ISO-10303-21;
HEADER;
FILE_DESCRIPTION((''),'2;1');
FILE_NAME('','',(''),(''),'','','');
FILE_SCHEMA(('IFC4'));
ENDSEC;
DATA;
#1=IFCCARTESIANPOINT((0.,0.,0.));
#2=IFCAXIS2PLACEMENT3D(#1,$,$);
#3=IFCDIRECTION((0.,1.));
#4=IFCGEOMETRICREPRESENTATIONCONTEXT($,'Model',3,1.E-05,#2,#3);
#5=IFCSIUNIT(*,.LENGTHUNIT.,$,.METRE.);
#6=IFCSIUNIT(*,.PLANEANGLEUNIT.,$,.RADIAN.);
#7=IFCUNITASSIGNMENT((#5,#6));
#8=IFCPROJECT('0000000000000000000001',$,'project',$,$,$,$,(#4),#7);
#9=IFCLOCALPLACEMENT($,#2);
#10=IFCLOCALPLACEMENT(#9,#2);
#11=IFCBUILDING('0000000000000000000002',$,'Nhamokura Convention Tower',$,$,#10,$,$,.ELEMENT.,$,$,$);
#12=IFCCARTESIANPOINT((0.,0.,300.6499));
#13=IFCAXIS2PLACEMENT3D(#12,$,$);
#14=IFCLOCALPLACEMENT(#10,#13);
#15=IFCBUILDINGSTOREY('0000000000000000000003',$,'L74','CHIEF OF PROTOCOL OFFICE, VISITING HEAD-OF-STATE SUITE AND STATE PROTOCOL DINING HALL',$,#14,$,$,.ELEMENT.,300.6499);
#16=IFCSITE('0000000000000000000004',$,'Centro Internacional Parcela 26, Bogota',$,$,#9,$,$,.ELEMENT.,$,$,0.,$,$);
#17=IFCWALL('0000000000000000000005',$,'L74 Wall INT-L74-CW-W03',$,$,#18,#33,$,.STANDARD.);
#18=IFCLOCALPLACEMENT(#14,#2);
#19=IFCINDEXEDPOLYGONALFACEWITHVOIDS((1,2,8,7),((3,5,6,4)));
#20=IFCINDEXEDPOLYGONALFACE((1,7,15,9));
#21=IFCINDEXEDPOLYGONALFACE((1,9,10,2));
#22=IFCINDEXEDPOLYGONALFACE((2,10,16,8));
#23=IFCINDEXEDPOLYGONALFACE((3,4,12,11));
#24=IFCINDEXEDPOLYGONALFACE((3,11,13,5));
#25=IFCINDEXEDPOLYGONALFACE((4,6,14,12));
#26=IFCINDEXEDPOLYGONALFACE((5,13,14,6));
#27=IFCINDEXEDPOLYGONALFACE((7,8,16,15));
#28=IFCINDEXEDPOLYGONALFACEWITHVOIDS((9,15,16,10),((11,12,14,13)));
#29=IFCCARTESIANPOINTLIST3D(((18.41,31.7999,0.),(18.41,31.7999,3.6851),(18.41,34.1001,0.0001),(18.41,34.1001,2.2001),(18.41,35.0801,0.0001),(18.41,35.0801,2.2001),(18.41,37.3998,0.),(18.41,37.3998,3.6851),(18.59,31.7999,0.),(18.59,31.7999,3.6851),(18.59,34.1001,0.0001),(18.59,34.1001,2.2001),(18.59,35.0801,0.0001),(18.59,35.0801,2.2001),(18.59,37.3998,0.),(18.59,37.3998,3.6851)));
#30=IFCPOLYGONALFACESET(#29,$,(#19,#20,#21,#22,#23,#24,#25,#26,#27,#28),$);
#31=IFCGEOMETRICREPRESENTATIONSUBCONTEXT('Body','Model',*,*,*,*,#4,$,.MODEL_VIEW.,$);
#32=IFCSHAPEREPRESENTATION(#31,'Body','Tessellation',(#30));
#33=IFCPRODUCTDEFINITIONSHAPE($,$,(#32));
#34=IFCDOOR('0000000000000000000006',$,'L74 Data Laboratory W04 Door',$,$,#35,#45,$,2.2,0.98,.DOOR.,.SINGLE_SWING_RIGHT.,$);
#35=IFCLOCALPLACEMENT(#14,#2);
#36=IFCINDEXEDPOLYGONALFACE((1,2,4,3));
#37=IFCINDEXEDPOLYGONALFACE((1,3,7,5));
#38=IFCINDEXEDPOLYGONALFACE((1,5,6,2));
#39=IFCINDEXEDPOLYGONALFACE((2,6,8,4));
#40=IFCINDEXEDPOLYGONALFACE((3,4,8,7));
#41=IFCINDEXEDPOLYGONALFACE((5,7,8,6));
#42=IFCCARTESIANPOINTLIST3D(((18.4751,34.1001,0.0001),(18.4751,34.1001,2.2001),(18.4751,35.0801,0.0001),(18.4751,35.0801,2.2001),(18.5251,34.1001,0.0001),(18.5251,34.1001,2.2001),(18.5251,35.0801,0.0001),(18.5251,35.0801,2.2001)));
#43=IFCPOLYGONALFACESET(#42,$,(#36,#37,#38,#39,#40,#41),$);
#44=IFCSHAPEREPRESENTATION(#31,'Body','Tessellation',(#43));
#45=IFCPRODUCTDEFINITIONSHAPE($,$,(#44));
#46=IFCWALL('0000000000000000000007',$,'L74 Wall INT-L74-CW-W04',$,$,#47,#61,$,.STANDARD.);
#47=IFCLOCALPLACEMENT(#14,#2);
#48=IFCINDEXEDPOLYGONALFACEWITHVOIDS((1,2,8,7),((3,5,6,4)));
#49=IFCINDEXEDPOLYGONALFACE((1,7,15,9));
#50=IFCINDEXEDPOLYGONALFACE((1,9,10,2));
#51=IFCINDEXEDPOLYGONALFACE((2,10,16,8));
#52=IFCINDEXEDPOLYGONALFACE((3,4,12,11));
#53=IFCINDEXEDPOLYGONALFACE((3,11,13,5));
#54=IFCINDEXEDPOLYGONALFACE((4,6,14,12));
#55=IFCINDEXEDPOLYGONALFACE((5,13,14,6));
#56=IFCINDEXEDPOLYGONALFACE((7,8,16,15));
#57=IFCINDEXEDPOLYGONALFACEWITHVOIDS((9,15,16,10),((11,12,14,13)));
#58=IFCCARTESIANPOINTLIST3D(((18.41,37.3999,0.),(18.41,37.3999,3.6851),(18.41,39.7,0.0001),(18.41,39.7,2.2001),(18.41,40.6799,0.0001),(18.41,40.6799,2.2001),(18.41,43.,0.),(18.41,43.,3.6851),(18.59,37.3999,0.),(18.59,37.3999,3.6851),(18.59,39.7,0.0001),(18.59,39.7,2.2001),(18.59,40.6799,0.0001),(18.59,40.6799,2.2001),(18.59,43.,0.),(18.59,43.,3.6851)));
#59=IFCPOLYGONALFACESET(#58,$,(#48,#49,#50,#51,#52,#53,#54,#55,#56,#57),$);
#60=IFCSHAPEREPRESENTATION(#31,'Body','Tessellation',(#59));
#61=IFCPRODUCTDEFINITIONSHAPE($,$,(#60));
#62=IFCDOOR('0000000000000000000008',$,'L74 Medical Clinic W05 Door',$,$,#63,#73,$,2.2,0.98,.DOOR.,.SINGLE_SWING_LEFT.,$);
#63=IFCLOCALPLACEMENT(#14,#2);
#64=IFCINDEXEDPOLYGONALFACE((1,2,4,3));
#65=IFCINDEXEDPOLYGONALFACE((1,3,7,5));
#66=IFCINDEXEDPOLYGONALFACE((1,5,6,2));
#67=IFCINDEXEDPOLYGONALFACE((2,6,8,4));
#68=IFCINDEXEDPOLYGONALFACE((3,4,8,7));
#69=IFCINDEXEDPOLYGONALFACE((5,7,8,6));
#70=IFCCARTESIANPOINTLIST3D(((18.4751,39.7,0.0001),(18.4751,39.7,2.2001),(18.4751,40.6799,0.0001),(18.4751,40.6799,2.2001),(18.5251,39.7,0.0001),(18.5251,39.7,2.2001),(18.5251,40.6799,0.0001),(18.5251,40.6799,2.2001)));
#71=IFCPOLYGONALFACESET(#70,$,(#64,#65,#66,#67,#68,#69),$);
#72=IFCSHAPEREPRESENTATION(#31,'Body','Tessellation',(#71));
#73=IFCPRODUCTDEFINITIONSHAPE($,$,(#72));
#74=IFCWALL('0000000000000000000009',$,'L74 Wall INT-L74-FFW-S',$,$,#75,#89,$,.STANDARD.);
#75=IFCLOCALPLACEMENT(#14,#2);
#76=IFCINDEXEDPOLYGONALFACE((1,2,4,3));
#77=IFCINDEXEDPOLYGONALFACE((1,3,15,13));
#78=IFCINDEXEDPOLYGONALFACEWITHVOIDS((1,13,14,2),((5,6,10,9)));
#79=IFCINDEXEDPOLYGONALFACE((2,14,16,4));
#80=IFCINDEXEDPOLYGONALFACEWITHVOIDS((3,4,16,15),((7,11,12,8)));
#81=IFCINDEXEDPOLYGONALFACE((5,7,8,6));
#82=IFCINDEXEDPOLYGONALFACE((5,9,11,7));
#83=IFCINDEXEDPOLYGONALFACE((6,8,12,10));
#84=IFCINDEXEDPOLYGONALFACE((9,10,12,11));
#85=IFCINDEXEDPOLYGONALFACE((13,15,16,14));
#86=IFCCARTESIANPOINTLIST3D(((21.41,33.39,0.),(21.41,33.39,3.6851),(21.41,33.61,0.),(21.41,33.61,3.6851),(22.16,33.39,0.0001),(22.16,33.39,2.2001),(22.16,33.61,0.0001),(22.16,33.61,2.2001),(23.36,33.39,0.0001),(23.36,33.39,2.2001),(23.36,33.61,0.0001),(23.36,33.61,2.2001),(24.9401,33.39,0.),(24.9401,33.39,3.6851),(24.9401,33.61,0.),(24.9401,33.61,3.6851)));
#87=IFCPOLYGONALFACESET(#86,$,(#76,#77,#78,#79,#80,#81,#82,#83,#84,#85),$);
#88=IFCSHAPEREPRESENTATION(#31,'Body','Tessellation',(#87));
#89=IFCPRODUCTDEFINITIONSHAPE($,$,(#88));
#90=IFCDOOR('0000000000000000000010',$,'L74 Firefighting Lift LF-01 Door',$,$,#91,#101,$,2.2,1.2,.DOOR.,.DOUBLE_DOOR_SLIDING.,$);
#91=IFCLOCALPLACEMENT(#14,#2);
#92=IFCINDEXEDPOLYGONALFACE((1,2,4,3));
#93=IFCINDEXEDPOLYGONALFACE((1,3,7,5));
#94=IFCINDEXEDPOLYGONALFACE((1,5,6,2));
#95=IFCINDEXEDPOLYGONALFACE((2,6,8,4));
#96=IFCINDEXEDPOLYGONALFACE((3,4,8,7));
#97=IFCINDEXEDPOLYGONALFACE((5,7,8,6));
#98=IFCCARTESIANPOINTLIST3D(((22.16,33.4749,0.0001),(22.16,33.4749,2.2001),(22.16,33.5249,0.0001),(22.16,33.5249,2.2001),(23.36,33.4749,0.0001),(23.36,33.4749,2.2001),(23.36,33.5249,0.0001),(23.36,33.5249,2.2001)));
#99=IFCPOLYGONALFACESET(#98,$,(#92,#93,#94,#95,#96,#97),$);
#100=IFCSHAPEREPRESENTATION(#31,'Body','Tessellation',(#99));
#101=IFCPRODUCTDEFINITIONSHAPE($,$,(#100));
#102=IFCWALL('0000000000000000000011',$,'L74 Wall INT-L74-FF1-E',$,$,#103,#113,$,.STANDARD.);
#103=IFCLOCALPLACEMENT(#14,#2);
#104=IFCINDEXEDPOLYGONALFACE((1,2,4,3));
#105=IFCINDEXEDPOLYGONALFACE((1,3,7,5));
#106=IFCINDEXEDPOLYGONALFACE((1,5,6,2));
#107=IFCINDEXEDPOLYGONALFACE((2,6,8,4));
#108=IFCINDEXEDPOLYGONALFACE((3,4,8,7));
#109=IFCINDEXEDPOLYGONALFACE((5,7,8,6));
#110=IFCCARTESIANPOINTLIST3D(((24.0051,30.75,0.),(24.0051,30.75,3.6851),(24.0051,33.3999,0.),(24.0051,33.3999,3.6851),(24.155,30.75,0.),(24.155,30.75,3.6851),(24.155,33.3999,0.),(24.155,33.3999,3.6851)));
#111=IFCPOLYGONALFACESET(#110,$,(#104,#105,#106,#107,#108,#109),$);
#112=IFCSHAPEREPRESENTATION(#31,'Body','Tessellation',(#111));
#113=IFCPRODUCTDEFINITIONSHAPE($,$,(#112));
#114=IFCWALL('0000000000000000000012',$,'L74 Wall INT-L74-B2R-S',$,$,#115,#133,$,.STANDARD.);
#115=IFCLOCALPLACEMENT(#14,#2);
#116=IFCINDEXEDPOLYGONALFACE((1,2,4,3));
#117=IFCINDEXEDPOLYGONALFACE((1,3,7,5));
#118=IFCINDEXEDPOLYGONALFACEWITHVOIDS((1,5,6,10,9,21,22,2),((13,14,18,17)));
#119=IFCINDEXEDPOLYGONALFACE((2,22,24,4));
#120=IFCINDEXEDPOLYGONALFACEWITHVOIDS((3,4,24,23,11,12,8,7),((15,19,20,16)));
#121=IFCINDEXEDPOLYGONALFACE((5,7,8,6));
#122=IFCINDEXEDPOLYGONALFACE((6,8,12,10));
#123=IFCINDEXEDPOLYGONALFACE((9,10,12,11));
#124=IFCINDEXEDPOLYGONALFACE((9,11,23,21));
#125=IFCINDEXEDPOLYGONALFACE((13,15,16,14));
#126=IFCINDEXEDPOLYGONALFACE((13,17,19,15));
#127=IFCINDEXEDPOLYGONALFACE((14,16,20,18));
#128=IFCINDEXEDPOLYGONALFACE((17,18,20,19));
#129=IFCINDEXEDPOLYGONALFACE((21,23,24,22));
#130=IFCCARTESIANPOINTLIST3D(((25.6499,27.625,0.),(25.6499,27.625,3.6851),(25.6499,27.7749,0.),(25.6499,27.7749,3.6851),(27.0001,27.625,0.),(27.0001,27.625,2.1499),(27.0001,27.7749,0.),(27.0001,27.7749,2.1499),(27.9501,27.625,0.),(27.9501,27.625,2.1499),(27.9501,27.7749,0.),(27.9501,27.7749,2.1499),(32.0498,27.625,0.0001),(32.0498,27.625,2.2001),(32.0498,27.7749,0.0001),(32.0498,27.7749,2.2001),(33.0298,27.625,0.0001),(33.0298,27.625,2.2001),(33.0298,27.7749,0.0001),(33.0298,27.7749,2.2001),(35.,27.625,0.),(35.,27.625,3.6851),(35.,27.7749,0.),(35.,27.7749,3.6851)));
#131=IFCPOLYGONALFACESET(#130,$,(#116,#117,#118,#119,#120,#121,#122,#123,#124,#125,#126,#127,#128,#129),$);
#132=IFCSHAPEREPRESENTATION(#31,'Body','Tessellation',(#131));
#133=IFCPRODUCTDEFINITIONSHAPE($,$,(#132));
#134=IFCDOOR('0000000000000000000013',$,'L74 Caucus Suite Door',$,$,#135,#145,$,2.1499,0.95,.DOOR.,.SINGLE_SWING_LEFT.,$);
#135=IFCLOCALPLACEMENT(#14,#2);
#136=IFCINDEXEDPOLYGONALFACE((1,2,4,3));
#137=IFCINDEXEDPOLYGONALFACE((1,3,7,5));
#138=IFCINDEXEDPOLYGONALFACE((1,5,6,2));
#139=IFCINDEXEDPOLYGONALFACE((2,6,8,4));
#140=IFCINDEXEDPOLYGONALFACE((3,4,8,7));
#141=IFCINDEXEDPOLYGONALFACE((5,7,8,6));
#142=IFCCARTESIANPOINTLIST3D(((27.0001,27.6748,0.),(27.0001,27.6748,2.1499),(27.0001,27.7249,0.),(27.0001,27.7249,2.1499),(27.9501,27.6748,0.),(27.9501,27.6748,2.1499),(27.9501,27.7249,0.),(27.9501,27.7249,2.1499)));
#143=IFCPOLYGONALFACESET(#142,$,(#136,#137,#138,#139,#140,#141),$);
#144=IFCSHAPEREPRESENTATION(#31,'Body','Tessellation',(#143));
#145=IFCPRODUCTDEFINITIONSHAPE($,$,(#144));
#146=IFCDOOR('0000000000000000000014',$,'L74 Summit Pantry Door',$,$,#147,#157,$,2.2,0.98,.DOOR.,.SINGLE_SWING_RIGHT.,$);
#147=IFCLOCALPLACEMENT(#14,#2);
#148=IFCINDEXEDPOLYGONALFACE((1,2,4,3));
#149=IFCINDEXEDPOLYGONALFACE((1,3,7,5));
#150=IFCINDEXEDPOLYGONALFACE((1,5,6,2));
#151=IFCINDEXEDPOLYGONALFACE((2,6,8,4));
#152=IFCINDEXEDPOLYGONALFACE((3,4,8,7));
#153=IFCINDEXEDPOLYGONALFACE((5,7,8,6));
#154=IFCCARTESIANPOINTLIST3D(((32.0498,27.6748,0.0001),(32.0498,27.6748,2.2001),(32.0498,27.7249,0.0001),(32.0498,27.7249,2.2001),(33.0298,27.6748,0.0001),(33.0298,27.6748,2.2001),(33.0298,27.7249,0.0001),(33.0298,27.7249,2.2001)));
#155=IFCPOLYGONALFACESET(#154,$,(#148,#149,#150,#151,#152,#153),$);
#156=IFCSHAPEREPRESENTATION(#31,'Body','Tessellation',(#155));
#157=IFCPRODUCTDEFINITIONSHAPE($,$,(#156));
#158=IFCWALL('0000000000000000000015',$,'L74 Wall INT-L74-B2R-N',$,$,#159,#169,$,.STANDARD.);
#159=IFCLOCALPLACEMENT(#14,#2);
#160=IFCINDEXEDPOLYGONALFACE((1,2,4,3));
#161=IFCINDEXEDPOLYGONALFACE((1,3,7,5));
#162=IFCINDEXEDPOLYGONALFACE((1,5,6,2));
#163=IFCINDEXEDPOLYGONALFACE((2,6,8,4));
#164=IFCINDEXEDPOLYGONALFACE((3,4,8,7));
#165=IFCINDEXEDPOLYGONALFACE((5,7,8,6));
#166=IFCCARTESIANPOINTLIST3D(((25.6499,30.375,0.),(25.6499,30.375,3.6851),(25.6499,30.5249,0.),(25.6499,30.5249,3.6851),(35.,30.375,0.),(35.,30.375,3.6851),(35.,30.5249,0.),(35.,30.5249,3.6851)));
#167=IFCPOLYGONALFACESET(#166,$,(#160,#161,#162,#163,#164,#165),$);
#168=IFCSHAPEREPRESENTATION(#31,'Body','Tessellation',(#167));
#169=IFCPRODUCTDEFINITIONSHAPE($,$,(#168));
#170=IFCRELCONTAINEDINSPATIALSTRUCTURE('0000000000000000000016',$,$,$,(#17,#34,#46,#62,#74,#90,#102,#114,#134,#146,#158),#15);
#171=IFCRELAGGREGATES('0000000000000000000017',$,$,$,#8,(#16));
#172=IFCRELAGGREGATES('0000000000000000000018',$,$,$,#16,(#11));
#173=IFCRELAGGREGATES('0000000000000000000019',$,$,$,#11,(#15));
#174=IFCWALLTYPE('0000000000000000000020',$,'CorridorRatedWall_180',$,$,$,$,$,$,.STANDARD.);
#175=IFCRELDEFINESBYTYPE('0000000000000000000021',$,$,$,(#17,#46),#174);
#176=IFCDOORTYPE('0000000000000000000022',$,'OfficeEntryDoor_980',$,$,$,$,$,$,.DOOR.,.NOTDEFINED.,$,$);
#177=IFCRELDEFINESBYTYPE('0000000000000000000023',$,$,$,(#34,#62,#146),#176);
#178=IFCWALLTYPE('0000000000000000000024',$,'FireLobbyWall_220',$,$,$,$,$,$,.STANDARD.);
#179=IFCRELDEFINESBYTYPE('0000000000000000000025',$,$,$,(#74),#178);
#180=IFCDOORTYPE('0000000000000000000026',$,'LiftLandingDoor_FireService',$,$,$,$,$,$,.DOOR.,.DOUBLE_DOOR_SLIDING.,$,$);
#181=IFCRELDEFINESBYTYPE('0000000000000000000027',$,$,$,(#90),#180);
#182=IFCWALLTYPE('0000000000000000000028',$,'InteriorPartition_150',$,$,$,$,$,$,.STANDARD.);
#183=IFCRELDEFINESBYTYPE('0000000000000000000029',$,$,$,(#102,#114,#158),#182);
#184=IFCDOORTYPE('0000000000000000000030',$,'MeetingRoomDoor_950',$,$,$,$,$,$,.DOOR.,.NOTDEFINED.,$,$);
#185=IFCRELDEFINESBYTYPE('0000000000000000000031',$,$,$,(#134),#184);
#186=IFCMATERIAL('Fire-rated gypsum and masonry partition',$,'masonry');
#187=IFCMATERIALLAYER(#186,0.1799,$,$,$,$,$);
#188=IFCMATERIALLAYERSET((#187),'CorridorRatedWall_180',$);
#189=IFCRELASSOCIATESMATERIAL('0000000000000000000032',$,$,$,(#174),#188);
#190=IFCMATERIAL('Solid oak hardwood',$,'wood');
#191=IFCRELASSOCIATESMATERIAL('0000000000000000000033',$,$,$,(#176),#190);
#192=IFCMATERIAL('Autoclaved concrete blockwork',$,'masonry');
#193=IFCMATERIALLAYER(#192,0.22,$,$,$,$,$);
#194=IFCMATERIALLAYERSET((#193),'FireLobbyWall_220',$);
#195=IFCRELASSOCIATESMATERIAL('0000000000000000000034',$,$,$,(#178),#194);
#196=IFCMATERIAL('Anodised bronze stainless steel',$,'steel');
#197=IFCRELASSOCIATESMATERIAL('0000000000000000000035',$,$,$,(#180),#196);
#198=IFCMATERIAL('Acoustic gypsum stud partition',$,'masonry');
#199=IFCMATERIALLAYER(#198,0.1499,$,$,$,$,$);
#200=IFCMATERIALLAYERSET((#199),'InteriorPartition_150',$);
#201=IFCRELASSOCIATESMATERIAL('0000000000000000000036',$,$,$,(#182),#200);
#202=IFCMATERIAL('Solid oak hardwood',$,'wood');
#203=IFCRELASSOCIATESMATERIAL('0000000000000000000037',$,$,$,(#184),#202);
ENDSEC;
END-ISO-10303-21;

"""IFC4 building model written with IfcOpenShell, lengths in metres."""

from ifc_helpers import new_model, si_unit, direction, frame, frame_2d, origin, place, context, subcontext, project, spatial, rectangle, extrude, material, layer, layer_set, type_object, element, fill, save


model = new_model("IFC4")

# Units and contexts
model_context = context("Model", 3, precision=1e-05, world=origin(), true_north=direction((0.0, 1.0)))
body_context = subcontext(model_context, "Body", "Model", "MODEL_VIEW")
ifc_project = project(units=[si_unit("LENGTHUNIT", "METRE"), si_unit("PLANEANGLEUNIT", "RADIAN")], contexts=[model_context])

# Site, building, storey
site_placement = place(None, origin())
site = spatial("IfcSite", under=ifc_project, at=site_placement, Name="Centro Internacional Parcela 26, Bogota", CompositionType="ELEMENT", RefElevation=0.0)
building_placement = place(site_placement, origin())
building = spatial("IfcBuilding", under=site, at=building_placement, Name="Nhamokura Convention Tower", CompositionType="ELEMENT")
storey_placement = place(building_placement, frame((0.0, 0.0, 300.6499)))
storey = spatial("IfcBuildingStorey", under=building, at=storey_placement, Name="L74", Description="CHIEF OF PROTOCOL OFFICE, VISITING HEAD-OF-STATE SUITE AND STATE PROTOCOL DINING HALL", CompositionType="ELEMENT", Elevation=300.6499)

# Walls, openings, doors
ifc_material_1 = material(Name="Fire-rated gypsum and masonry partition", Category="masonry")
ifc_layer_1 = layer(ifc_material_1, 0.1799)
ifc_layer_set_1 = layer_set([ifc_layer_1], Name="CorridorRatedWall_180")
wall_type_1 = type_object("IfcWallType", Name="CorridorRatedWall_180", PredefinedType="STANDARD", material=ifc_layer_set_1)
ifc_material_2 = material(Name="Solid oak hardwood", Category="wood")
door_type_1 = type_object("IfcDoorType", Name="OfficeEntryDoor_980", OperationType="NOTDEFINED", PredefinedType="DOOR", material=ifc_material_2)
wall_1_placement = place(storey_placement, frame((18.5, 31.8, 0.0), z_axis=(0.0, 0.0, 1.0), x_axis=(0.0, 1.0, 0.0)))
wall_1 = element("IfcWall", 1, at=wall_1_placement, inside=storey, type_object=wall_type_1, Name="L74 Wall INT-L74-CW-W03", PredefinedType="STANDARD", context=body_context, shape_type="SweptSolid", body=[
    extrude(rectangle(XDim=5.5999, YDim=0.1799, at=frame_2d((2.7998, 0.0))), origin(), (0.0, 0.0, 1.0), 3.6851),
])
opening_1_placement = place(wall_1_placement, frame((2.3, 0.0, 0.0)))
opening_1 = element("IfcOpeningElement", 2, at=opening_1_placement, cuts=wall_1, PredefinedType="OPENING", context=body_context, shape_type="SweptSolid", body=[
    extrude(rectangle(XDim=0.98, YDim=2.2, at=frame_2d((0.49, 1.1001))), frame((0.0, 0.0999, 0.0), z_axis=(0.0, -1.0, 0.0), x_axis=(1.0, 0.0, 0.0)), (0.0, 0.0, 1.0), 0.2),
])
door_1_placement = place(opening_1_placement, origin())
door_1 = element("IfcDoor", 3, at=door_1_placement, inside=storey, type_object=door_type_1, Name="L74 Data Laboratory W04 Door", OperationType="SINGLE_SWING_RIGHT", OverallHeight=2.2, OverallWidth=0.98, PredefinedType="DOOR", context=body_context, shape_type="SweptSolid", body=[
    extrude(rectangle(XDim=0.98, YDim=2.2, at=frame_2d((0.49, 1.1001))), frame((0.0, 0.0249, 0.0), z_axis=(0.0, -1.0, 0.0), x_axis=(1.0, 0.0, 0.0)), (0.0, 0.0, 1.0), 0.05),
])
fill(opening_1, door_1)
wall_2_placement = place(storey_placement, frame((18.5, 37.3999, 0.0), z_axis=(0.0, 0.0, 1.0), x_axis=(0.0, 1.0, 0.0)))
wall_2 = element("IfcWall", 4, at=wall_2_placement, inside=storey, type_object=wall_type_1, Name="L74 Wall INT-L74-CW-W04", PredefinedType="STANDARD", context=body_context, shape_type="SweptSolid", body=[
    extrude(rectangle(XDim=5.6001, YDim=0.1799, at=frame_2d((2.8, 0.0))), origin(), (0.0, 0.0, 1.0), 3.6851),
])
opening_2_placement = place(wall_2_placement, frame((2.3, 0.0, 0.0)))
opening_2 = element("IfcOpeningElement", 5, at=opening_2_placement, cuts=wall_2, PredefinedType="OPENING", context=body_context, shape_type="SweptSolid", body=[
    extrude(rectangle(XDim=0.98, YDim=2.2, at=frame_2d((0.49, 1.1001))), frame((0.0, 0.0999, 0.0), z_axis=(0.0, -1.0, 0.0), x_axis=(1.0, 0.0, 0.0)), (0.0, 0.0, 1.0), 0.2),
])
door_2_placement = place(opening_2_placement, origin())
door_2 = element("IfcDoor", 6, at=door_2_placement, inside=storey, type_object=door_type_1, Name="L74 Medical Clinic W05 Door", OperationType="SINGLE_SWING_LEFT", OverallHeight=2.2, OverallWidth=0.98, PredefinedType="DOOR", context=body_context, shape_type="SweptSolid", body=[
    extrude(rectangle(XDim=0.98, YDim=2.2, at=frame_2d((0.49, 1.1001))), frame((0.0, 0.0249, 0.0), z_axis=(0.0, -1.0, 0.0), x_axis=(1.0, 0.0, 0.0)), (0.0, 0.0, 1.0), 0.05),
])
fill(opening_2, door_2)
ifc_material_3 = material(Name="Autoclaved concrete blockwork", Category="masonry")
ifc_layer_2 = layer(ifc_material_3, 0.22)
ifc_layer_set_2 = layer_set([ifc_layer_2], Name="FireLobbyWall_220")
wall_type_2 = type_object("IfcWallType", Name="FireLobbyWall_220", PredefinedType="STANDARD", material=ifc_layer_set_2)
wall_3_placement = place(storey_placement, frame((21.4099, 33.5, 0.0), z_axis=(0.0, 0.0, 1.0), x_axis=(1.0, 0.0, 0.0)))
wall_3 = element("IfcWall", 7, at=wall_3_placement, inside=storey, type_object=wall_type_2, Name="L74 Wall INT-L74-FFW-S", PredefinedType="STANDARD", context=body_context, shape_type="SweptSolid", body=[
    extrude(rectangle(XDim=3.53, YDim=0.22, at=frame_2d((1.7651, 0.0))), origin(), (0.0, 0.0, 1.0), 3.6851),
])
opening_3_placement = place(wall_3_placement, frame((0.75, 0.0, 0.0)))
opening_3 = element("IfcOpeningElement", 8, at=opening_3_placement, cuts=wall_3, PredefinedType="OPENING", context=body_context, shape_type="SweptSolid", body=[
    extrude(rectangle(XDim=1.2, YDim=2.2, at=frame_2d((0.6001, 1.1001))), frame((0.0, 0.1199, 0.0), z_axis=(0.0, -1.0, 0.0), x_axis=(1.0, 0.0, 0.0)), (0.0, 0.0, 1.0), 0.24),
])
ifc_material_4 = material(Name="Anodised bronze stainless steel", Category="steel")
door_type_2 = type_object("IfcDoorType", Name="LiftLandingDoor_FireService", OperationType="DOUBLE_DOOR_SLIDING", PredefinedType="DOOR", material=ifc_material_4)
door_3_placement = place(opening_3_placement, origin())
door_3 = element("IfcDoor", 9, at=door_3_placement, inside=storey, type_object=door_type_2, Name="L74 Firefighting Lift LF-01 Door", OperationType="DOUBLE_DOOR_SLIDING", OverallHeight=2.2, OverallWidth=1.2, PredefinedType="DOOR", context=body_context, shape_type="SweptSolid", body=[
    extrude(rectangle(XDim=1.2, YDim=2.2, at=frame_2d((0.6001, 1.1001))), frame((0.0, 0.0249, 0.0), z_axis=(0.0, -1.0, 0.0), x_axis=(1.0, 0.0, 0.0)), (0.0, 0.0, 1.0), 0.05),
])
fill(opening_3, door_3)

# Wall
ifc_material_5 = material(Name="Acoustic gypsum stud partition", Category="masonry")
ifc_layer_3 = layer(ifc_material_5, 0.1499)
ifc_layer_set_3 = layer_set([ifc_layer_3], Name="InteriorPartition_150")
wall_type_3 = type_object("IfcWallType", Name="InteriorPartition_150", PredefinedType="STANDARD", material=ifc_layer_set_3)
wall_4_placement = place(storey_placement, frame((24.0801, 30.75, 0.0), z_axis=(0.0, 0.0, 1.0), x_axis=(0.0, 1.0, 0.0)))
element("IfcWall", 10, at=wall_4_placement, inside=storey, type_object=wall_type_3, Name="L74 Wall INT-L74-FF1-E", PredefinedType="STANDARD", context=body_context, shape_type="SweptSolid", body=[
    extrude(rectangle(XDim=2.6499, YDim=0.1499, at=frame_2d((1.325, 0.0))), origin(), (0.0, 0.0, 1.0), 3.6851),
])

# Wall, openings, doors
wall_5_placement = place(storey_placement, frame((25.6499, 27.7, 0.0), z_axis=(0.0, 0.0, 1.0), x_axis=(1.0, 0.0, 0.0)))
wall_5 = element("IfcWall", 11, at=wall_5_placement, inside=storey, type_object=wall_type_3, Name="L74 Wall INT-L74-B2R-S", PredefinedType="STANDARD", context=body_context, shape_type="SweptSolid", body=[
    extrude(rectangle(XDim=9.3501, YDim=0.1499, at=frame_2d((4.675, 0.0))), origin(), (0.0, 0.0, 1.0), 3.6851),
])
opening_4_placement = place(wall_5_placement, frame((1.3501, 0.0, 0.0)))
opening_4 = element("IfcOpeningElement", 12, at=opening_4_placement, cuts=wall_5, PredefinedType="OPENING", context=body_context, shape_type="SweptSolid", body=[
    extrude(rectangle(XDim=0.95, YDim=2.1499, at=frame_2d((0.4751, 1.075))), frame((0.0, 0.085, 0.0), z_axis=(0.0, -1.0, 0.0), x_axis=(1.0, 0.0, 0.0)), (0.0, 0.0, 1.0), 0.1699),
])
opening_5_placement = place(wall_5_placement, frame((6.3999, 0.0, 0.0)))
opening_5 = element("IfcOpeningElement", 13, at=opening_5_placement, cuts=wall_5, PredefinedType="OPENING", context=body_context, shape_type="SweptSolid", body=[
    extrude(rectangle(XDim=0.98, YDim=2.2, at=frame_2d((0.49, 1.1001))), frame((0.0, 0.085, 0.0), z_axis=(0.0, -1.0, 0.0), x_axis=(1.0, 0.0, 0.0)), (0.0, 0.0, 1.0), 0.1699),
])
ifc_material_6 = material(Name="Solid oak hardwood", Category="wood")
door_type_3 = type_object("IfcDoorType", Name="MeetingRoomDoor_950", OperationType="NOTDEFINED", PredefinedType="DOOR", material=ifc_material_6)
door_4_placement = place(opening_4_placement, origin())
door_4 = element("IfcDoor", 14, at=door_4_placement, inside=storey, type_object=door_type_3, Name="L74 Caucus Suite Door", OperationType="SINGLE_SWING_LEFT", OverallHeight=2.1499, OverallWidth=0.95, PredefinedType="DOOR", context=body_context, shape_type="SweptSolid", body=[
    extrude(rectangle(XDim=0.95, YDim=2.1499, at=frame_2d((0.4751, 1.075))), frame((0.0, 0.0249, 0.0), z_axis=(0.0, -1.0, 0.0), x_axis=(1.0, 0.0, 0.0)), (0.0, 0.0, 1.0), 0.05),
])
fill(opening_4, door_4)
door_5_placement = place(opening_5_placement, origin())
door_5 = element("IfcDoor", 15, at=door_5_placement, inside=storey, type_object=door_type_1, Name="L74 Summit Pantry Door", OperationType="SINGLE_SWING_RIGHT", OverallHeight=2.2, OverallWidth=0.98, PredefinedType="DOOR", context=body_context, shape_type="SweptSolid", body=[
    extrude(rectangle(XDim=0.98, YDim=2.2, at=frame_2d((0.49, 1.1001))), frame((0.0, 0.0249, 0.0), z_axis=(0.0, -1.0, 0.0), x_axis=(1.0, 0.0, 0.0)), (0.0, 0.0, 1.0), 0.05),
])
fill(opening_5, door_5)

# Wall
wall_6_placement = place(storey_placement, frame((25.6499, 30.45, 0.0), z_axis=(0.0, 0.0, 1.0), x_axis=(1.0, 0.0, 0.0)))
element("IfcWall", 16, at=wall_6_placement, inside=storey, type_object=wall_type_3, Name="L74 Wall INT-L74-B2R-N", PredefinedType="STANDARD", context=body_context, shape_type="SweptSolid", body=[
    extrude(rectangle(XDim=9.3501, YDim=0.1499, at=frame_2d((4.675, 0.0))), origin(), (0.0, 0.0, 1.0), 3.6851),
])

save(model, "model.ifc")
